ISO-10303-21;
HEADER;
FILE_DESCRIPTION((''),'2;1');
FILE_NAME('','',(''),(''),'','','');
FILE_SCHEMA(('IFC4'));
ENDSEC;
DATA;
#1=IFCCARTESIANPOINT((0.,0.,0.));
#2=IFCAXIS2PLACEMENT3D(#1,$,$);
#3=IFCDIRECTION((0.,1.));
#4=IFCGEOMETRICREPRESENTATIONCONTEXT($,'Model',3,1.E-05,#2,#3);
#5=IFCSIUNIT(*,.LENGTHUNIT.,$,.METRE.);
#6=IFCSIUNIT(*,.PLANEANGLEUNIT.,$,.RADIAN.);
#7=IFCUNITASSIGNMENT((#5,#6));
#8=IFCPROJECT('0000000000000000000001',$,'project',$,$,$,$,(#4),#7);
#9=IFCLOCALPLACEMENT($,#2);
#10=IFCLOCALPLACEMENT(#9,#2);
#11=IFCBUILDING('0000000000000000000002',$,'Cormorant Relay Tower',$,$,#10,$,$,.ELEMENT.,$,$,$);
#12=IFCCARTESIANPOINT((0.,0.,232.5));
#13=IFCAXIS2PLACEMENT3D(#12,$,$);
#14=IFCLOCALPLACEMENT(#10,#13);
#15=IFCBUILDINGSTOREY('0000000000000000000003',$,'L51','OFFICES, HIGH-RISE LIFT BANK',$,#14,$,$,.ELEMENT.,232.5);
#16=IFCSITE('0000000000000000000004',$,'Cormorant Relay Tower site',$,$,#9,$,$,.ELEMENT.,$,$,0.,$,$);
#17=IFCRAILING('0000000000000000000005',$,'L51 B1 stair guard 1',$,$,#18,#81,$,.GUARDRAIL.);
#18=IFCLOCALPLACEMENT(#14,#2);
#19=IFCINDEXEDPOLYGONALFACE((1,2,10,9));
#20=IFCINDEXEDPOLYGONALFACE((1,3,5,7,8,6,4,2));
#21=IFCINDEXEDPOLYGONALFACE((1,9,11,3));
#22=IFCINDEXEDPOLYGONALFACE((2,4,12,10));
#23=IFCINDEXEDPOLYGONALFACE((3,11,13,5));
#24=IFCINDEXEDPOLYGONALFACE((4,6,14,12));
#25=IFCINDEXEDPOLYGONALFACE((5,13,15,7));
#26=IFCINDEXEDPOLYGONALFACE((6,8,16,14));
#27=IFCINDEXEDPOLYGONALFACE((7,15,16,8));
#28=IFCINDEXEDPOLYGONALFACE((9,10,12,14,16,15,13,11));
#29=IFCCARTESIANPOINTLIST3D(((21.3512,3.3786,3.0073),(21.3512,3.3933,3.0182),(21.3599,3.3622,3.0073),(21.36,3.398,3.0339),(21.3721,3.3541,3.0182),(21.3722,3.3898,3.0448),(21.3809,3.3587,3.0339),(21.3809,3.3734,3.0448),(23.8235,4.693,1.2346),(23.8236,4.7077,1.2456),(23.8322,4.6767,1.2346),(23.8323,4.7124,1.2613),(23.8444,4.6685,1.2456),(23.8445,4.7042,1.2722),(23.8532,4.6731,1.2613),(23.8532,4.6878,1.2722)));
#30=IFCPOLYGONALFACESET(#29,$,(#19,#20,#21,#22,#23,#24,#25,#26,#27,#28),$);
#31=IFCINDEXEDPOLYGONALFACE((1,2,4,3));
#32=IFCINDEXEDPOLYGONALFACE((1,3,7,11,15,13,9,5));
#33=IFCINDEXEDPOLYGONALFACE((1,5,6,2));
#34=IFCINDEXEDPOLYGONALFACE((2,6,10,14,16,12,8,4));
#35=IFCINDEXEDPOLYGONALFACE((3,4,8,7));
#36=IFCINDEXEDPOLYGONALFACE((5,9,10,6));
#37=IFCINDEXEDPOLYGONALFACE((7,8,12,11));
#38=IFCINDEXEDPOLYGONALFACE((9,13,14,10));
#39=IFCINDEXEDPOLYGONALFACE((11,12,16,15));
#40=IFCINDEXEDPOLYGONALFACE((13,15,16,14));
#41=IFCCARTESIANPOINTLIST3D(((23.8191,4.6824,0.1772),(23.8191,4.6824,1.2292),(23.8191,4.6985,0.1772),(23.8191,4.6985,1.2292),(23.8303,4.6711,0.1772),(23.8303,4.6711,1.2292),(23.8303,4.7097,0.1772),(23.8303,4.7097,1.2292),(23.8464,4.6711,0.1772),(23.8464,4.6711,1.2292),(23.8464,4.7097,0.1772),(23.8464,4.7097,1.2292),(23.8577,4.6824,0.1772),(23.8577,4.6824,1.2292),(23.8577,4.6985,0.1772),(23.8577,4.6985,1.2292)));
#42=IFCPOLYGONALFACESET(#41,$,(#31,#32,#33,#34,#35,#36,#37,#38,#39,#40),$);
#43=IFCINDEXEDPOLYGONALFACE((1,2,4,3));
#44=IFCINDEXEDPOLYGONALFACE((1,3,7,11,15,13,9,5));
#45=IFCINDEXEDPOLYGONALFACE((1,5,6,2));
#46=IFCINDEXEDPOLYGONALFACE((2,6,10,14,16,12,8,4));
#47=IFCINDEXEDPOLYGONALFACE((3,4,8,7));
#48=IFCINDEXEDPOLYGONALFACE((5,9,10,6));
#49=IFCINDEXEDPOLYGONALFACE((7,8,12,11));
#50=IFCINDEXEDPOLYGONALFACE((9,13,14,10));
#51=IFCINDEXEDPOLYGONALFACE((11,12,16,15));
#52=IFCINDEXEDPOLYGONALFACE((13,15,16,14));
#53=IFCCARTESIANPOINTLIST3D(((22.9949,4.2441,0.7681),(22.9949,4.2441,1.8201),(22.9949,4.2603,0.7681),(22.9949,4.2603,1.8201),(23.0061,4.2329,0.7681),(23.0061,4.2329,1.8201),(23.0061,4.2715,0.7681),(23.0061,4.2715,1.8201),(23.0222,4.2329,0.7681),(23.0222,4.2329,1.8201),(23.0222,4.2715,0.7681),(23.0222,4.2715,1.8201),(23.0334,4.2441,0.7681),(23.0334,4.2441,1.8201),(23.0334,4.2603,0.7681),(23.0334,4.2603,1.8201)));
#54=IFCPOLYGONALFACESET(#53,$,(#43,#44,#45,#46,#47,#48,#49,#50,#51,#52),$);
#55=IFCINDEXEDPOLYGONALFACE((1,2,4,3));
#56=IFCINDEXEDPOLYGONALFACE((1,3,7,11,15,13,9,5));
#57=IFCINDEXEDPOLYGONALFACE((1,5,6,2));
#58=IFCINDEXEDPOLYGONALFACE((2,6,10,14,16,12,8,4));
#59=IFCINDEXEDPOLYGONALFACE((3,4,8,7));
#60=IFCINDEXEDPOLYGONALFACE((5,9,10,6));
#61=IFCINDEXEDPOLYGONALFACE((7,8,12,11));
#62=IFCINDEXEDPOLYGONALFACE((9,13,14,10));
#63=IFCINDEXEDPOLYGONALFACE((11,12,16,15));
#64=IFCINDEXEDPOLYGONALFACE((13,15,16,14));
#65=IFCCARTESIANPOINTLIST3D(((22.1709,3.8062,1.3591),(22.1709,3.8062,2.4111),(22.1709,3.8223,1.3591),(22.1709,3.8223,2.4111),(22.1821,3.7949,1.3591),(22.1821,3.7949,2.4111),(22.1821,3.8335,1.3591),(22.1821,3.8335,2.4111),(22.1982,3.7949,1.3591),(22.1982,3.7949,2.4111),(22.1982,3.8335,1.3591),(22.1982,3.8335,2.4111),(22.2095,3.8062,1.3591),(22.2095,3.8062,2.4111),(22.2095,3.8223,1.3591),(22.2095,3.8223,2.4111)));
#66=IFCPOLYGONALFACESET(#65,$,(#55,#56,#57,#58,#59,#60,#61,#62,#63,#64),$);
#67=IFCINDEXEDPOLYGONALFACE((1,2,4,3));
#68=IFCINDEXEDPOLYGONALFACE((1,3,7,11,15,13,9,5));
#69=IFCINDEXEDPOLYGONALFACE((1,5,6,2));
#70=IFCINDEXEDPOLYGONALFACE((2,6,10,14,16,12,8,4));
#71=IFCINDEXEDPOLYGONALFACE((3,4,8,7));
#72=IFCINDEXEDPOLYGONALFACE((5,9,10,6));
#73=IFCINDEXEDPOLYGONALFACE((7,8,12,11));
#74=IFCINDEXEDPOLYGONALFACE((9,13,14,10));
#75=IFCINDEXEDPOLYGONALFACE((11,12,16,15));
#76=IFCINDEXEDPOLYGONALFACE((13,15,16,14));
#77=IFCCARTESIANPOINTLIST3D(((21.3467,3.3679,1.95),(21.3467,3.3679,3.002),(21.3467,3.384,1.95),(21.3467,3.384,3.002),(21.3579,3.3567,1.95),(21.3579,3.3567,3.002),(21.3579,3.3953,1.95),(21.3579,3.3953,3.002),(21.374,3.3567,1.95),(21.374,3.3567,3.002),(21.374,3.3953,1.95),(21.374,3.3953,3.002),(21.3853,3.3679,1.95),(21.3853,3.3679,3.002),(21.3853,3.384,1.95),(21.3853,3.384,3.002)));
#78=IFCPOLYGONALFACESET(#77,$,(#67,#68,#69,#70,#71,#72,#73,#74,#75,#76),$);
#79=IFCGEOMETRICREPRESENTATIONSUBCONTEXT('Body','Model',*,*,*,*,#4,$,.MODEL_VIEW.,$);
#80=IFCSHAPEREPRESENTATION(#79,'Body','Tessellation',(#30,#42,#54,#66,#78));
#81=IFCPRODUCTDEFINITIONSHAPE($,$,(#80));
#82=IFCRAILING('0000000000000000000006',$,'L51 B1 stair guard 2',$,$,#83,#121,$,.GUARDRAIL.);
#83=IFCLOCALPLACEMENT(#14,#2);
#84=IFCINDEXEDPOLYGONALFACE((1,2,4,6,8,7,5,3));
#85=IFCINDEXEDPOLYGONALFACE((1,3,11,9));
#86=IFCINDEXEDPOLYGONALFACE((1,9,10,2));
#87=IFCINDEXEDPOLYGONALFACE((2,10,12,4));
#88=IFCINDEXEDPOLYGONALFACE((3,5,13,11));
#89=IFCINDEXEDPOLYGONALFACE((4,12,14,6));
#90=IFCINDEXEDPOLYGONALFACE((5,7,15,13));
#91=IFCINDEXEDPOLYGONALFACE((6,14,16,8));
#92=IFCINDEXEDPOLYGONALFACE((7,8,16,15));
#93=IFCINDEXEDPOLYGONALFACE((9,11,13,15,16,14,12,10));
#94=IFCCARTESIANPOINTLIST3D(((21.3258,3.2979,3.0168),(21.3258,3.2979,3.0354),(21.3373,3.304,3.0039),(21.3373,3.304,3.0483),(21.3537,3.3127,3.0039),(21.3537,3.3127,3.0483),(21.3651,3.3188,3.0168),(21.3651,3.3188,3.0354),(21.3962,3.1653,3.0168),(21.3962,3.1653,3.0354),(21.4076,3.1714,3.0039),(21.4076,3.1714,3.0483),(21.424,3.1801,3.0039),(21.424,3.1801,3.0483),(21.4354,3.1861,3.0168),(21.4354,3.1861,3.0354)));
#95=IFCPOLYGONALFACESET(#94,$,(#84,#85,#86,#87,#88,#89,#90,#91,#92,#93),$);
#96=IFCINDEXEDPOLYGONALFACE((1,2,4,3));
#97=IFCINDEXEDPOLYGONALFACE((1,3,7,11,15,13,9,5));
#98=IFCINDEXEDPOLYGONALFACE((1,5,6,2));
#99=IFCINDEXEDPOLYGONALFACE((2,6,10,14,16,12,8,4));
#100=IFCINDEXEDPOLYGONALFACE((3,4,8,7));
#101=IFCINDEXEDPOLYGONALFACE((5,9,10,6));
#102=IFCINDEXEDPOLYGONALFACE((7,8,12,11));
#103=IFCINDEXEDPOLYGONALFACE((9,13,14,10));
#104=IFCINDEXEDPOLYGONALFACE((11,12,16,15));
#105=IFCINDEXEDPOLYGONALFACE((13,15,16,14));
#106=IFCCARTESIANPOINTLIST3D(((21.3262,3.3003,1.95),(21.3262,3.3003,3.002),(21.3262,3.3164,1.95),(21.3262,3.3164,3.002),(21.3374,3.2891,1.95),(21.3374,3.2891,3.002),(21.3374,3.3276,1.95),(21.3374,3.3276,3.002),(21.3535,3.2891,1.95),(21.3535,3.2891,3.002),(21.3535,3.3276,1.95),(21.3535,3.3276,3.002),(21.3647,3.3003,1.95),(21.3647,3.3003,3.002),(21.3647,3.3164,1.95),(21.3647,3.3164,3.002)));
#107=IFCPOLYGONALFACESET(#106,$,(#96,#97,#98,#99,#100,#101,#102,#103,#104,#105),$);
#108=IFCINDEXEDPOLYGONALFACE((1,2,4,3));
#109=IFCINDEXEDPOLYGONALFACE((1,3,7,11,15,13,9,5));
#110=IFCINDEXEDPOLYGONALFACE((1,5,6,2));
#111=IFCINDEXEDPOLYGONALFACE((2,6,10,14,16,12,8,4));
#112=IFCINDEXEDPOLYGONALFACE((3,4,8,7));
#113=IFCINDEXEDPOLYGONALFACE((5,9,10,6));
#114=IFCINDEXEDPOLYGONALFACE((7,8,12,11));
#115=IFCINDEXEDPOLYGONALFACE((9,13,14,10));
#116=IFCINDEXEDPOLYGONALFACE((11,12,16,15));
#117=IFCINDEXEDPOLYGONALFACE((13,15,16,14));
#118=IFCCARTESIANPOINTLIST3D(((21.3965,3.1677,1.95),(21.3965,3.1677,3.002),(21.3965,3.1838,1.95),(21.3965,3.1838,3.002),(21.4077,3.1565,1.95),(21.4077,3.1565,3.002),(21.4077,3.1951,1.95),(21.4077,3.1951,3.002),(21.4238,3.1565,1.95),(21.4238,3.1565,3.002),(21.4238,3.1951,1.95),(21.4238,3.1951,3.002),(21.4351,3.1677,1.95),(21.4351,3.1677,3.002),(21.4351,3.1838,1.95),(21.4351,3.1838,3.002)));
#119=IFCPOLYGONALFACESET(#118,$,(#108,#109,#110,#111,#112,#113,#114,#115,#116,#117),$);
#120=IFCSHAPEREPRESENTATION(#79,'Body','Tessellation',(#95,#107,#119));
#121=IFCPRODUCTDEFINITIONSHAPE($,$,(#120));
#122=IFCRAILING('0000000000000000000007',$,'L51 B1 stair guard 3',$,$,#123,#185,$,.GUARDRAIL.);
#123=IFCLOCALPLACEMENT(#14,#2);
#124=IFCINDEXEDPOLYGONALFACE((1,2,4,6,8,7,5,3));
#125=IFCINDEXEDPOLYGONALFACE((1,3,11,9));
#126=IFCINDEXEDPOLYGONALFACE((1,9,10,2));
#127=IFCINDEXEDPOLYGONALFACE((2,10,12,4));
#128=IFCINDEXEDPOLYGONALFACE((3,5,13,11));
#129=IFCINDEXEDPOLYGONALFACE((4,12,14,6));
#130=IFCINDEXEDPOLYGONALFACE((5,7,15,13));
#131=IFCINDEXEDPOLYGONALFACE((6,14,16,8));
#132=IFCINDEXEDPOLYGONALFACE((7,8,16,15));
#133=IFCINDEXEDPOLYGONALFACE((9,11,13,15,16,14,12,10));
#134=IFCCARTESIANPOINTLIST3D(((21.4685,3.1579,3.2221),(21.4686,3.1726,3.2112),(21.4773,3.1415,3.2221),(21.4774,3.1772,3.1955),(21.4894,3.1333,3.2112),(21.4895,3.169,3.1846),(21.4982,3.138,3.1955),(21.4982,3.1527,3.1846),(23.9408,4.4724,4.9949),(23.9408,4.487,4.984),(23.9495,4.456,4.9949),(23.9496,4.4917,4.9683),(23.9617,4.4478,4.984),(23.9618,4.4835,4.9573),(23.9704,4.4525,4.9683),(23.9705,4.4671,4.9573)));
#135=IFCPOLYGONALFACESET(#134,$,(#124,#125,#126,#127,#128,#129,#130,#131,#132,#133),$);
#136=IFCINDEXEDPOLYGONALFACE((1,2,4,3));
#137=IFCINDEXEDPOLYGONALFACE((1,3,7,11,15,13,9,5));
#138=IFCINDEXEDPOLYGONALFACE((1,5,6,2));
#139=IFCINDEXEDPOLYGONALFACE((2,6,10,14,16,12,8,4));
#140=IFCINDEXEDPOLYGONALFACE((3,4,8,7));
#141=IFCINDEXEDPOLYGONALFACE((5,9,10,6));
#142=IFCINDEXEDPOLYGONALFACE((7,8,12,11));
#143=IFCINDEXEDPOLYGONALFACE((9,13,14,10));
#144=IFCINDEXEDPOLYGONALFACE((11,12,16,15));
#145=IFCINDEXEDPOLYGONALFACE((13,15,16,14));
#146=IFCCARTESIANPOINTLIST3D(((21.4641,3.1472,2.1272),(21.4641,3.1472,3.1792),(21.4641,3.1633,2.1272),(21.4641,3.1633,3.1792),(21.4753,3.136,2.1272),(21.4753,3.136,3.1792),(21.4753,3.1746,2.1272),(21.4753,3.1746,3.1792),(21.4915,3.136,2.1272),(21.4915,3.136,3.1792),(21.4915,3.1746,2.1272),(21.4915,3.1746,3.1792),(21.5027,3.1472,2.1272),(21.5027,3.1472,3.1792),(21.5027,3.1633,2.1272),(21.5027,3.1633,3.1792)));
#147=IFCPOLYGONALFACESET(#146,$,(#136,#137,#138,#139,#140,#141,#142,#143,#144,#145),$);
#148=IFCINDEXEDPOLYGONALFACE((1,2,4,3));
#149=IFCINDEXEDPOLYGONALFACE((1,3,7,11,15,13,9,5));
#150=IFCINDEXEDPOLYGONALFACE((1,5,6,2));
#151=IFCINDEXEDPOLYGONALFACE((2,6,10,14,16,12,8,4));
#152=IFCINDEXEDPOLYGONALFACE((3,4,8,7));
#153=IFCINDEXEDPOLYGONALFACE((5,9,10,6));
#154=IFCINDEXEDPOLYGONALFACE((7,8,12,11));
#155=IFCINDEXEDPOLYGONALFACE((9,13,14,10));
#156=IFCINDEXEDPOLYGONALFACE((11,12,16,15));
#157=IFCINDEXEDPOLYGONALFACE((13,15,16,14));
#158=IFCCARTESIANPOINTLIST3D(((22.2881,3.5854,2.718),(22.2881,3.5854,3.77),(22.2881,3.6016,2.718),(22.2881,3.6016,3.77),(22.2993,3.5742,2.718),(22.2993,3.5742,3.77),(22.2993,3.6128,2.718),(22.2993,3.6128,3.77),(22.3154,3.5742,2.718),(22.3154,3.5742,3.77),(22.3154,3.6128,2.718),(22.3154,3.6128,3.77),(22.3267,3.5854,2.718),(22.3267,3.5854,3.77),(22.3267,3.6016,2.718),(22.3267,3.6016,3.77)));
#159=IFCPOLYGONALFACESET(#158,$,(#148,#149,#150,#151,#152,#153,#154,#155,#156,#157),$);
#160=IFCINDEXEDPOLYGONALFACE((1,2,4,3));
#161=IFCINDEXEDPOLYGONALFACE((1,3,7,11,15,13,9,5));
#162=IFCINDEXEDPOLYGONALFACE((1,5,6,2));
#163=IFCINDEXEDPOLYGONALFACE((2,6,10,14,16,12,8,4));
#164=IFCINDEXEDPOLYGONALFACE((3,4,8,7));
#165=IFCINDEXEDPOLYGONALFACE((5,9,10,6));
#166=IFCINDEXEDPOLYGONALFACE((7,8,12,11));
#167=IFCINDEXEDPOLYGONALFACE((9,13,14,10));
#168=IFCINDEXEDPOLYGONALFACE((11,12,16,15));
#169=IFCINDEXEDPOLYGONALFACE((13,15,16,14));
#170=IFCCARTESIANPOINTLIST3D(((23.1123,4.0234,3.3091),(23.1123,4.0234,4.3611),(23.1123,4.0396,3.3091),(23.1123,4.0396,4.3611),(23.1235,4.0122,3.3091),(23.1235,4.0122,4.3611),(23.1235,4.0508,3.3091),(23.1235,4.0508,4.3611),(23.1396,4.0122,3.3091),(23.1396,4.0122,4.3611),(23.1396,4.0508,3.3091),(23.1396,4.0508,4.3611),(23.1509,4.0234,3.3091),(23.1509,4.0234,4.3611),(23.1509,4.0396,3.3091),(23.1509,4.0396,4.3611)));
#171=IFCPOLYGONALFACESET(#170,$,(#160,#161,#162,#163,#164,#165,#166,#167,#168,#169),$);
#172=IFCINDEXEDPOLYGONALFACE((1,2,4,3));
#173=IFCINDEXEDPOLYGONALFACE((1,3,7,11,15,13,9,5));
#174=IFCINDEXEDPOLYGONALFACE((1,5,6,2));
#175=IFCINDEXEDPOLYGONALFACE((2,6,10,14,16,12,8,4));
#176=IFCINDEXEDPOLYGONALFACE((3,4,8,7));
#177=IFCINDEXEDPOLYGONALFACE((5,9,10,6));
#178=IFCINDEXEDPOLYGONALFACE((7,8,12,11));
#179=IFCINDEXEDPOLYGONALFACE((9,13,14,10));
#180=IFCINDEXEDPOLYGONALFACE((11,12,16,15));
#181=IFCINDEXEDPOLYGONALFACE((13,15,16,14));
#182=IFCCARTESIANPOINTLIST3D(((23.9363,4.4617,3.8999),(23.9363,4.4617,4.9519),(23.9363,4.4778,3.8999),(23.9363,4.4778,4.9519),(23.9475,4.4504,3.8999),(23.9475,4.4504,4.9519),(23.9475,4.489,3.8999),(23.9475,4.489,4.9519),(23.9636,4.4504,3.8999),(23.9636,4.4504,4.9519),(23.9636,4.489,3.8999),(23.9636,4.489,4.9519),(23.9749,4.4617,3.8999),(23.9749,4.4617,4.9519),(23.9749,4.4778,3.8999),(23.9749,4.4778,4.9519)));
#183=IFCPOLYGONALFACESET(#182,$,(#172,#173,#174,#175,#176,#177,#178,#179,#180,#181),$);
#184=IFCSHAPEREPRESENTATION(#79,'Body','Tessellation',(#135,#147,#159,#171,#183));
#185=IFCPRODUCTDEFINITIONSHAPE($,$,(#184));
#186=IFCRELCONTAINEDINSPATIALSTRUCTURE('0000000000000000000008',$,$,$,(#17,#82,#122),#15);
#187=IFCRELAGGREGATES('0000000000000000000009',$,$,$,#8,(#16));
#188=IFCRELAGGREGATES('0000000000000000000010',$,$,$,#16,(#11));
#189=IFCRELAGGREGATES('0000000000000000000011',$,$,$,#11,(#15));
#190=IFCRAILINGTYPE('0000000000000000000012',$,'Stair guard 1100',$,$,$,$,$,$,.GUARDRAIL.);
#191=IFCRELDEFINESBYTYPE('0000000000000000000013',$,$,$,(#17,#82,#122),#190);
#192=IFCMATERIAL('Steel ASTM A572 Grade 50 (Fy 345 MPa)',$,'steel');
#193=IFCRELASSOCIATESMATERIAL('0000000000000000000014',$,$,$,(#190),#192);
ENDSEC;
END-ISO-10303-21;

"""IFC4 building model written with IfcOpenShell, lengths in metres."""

from ifc_helpers import new_model, si_unit, direction, frame, origin, place, context, subcontext, project, spatial, polyline, outline, extrude, material, type_object, element, save


model = new_model("IFC4")

# Units and contexts
model_context = context("Model", 3, precision=1e-05, world=origin(), true_north=direction((0.0, 1.0)))
body_context = subcontext(model_context, "Body", "Model", "MODEL_VIEW")
ifc_project = project(units=[si_unit("LENGTHUNIT", "METRE"), si_unit("PLANEANGLEUNIT", "RADIAN")], contexts=[model_context])

# Site, building, storey
site_placement = place(None, origin())
site = spatial("IfcSite", under=ifc_project, at=site_placement, Name="Cormorant Relay Tower site", CompositionType="ELEMENT", RefElevation=0.0)
building_placement = place(site_placement, origin())
building = spatial("IfcBuilding", under=site, at=building_placement, Name="Cormorant Relay Tower", CompositionType="ELEMENT")
storey_placement = place(building_placement, frame((0.0, 0.0, 232.5)))
storey = spatial("IfcBuildingStorey", under=building, at=storey_placement, Name="L51", Description="OFFICES, HIGH-RISE LIFT BANK", CompositionType="ELEMENT", Elevation=232.5)

# Railings
ifc_material_1 = material(Name="Steel ASTM A572 Grade 50 (Fy 345 MPa)", Category="steel")
railing_type_1 = type_object("IfcRailingType", Name="Stair guard 1100", PredefinedType="GUARDRAIL", material=ifc_material_1)
railing_1_placement = place(storey_placement, frame((23.8384, 4.6904, 0.1772)))
element("IfcRailing", 1, at=railing_1_placement, inside=storey, type_object=railing_type_1, Name="L51 B1 stair guard 1", PredefinedType="GUARDRAIL", context=body_context, shape_type="SweptSolid", body=[
    extrude(outline(polyline([(0.0222, 0.0093), (0.0093, 0.0222), (-0.0093, 0.0222), (-0.0222, 0.0093), (-0.0222, -0.0093), (-0.0093, -0.0222), (0.0093, -0.0222), (0.0222, -0.0093), (0.0222, 0.0093)])), frame((0.0, 0.0, 1.0762), z_axis=(-0.746034, -0.396627, 0.534902), x_axis=(0.469429, -0.88297, 0.0)), (0.0, 0.0, 1.0), 3.314),
    extrude(outline(polyline([(0.0193, 0.0081), (0.0081, 0.0193), (-0.0081, 0.0193), (-0.0193, 0.0081), (-0.0193, -0.0081), (-0.0081, -0.0193), (0.0081, -0.0193), (0.0193, -0.0081), (0.0193, 0.0081)])), origin(), (0.0, 0.0, 1.0), 1.052),
    extrude(outline(polyline([(0.0193, 0.0081), (0.0081, 0.0193), (-0.0081, 0.0193), (-0.0193, 0.0081), (-0.0193, -0.0081), (-0.0081, -0.0193), (0.0081, -0.0193), (0.0193, -0.0081), (0.0193, 0.0081)])), frame((-0.8242, -0.4382, 0.5908)), (0.0, 0.0, 1.0), 1.052),
    extrude(outline(polyline([(0.0193, 0.0081), (0.0081, 0.0193), (-0.0081, 0.0193), (-0.0193, 0.0081), (-0.0193, -0.0081), (-0.0081, -0.0193), (0.0081, -0.0193), (0.0193, -0.0081), (0.0193, 0.0081)])), frame((-1.6482, -0.8762, 1.1819)), (0.0, 0.0, 1.0), 1.052),
    extrude(outline(polyline([(0.0193, 0.0081), (0.0081, 0.0193), (-0.0081, 0.0193), (-0.0193, 0.0081), (-0.0193, -0.0081), (-0.0081, -0.0193), (0.0081, -0.0193), (0.0193, -0.0081), (0.0193, 0.0081)])), frame((-2.4724, -1.3145, 1.7727)), (0.0, 0.0, 1.0), 1.052),
])
railing_2_placement = place(storey_placement, frame((21.3455, 3.3083, 1.95)))
element("IfcRailing", 2, at=railing_2_placement, inside=storey, type_object=railing_type_1, Name="L51 B1 stair guard 2", PredefinedType="GUARDRAIL", context=body_context, shape_type="SweptSolid", body=[
    extrude(outline(polyline([(0.0222, 0.0093), (0.0093, 0.0222), (-0.0093, 0.0222), (-0.0222, 0.0093), (-0.0222, -0.0093), (-0.0093, -0.0222), (0.0093, -0.0222), (0.0222, -0.0093), (0.0222, 0.0093)])), frame((0.0, 0.0, 1.0762), z_axis=(0.46856, -0.883431, 0.0), x_axis=(0.883431, 0.46856, 0.0)), (0.0, 0.0, 1.0), 0.1501),
    extrude(outline(polyline([(0.0193, 0.0081), (0.0081, 0.0193), (-0.0081, 0.0193), (-0.0193, 0.0081), (-0.0193, -0.0081), (-0.0081, -0.0193), (0.0081, -0.0193), (0.0193, -0.0081), (0.0193, 0.0081)])), origin(), (0.0, 0.0, 1.0), 1.052),
    extrude(outline(polyline([(0.0193, 0.0081), (0.0081, 0.0193), (-0.0081, 0.0193), (-0.0193, 0.0081), (-0.0193, -0.0081), (-0.0081, -0.0193), (0.0081, -0.0193), (0.0193, -0.0081), (0.0193, 0.0081)])), frame((0.0703, -0.1326, 0.0)), (0.0, 0.0, 1.0), 1.052),
])
railing_3_placement = place(storey_placement, frame((21.4834, 3.1553, 2.1272)))
element("IfcRailing", 3, at=railing_3_placement, inside=storey, type_object=railing_type_1, Name="L51 B1 stair guard 3", PredefinedType="GUARDRAIL", context=body_context, shape_type="SweptSolid", body=[
    extrude(outline(polyline([(0.0222, 0.0093), (0.0093, 0.0222), (-0.0093, 0.0222), (-0.0222, 0.0093), (-0.0222, -0.0093), (-0.0093, -0.0222), (0.0093, -0.0222), (0.0222, -0.0093), (0.0222, 0.0093)])), frame((0.0, 0.0, 1.0762), z_axis=(0.746001, 0.396649, 0.534931), x_axis=(-0.469465, 0.882951, 0.0)), (0.0, 0.0, 1.0), 3.314),
    extrude(outline(polyline([(0.0193, 0.0081), (0.0081, 0.0193), (-0.0081, 0.0193), (-0.0193, 0.0081), (-0.0193, -0.0081), (-0.0081, -0.0193), (0.0081, -0.0193), (0.0193, -0.0081), (0.0193, 0.0081)])), origin(), (0.0, 0.0, 1.0), 1.052),
    extrude(outline(polyline([(0.0193, 0.0081), (0.0081, 0.0193), (-0.0081, 0.0193), (-0.0193, 0.0081), (-0.0193, -0.0081), (-0.0081, -0.0193), (0.0081, -0.0193), (0.0193, -0.0081), (0.0193, 0.0081)])), frame((0.824, 0.4382, 0.5908)), (0.0, 0.0, 1.0), 1.052),
    extrude(outline(polyline([(0.0193, 0.0081), (0.0081, 0.0193), (-0.0081, 0.0193), (-0.0193, 0.0081), (-0.0193, -0.0081), (-0.0081, -0.0193), (0.0081, -0.0193), (0.0193, -0.0081), (0.0193, 0.0081)])), frame((1.6482, 0.8762, 1.1819)), (0.0, 0.0, 1.0), 1.052),
    extrude(outline(polyline([(0.0193, 0.0081), (0.0081, 0.0193), (-0.0081, 0.0193), (-0.0193, 0.0081), (-0.0193, -0.0081), (-0.0081, -0.0193), (0.0081, -0.0193), (0.0193, -0.0081), (0.0193, 0.0081)])), frame((2.4722, 1.3145, 1.7727)), (0.0, 0.0, 1.0), 1.052),
])

save(model, "model.ifc")
